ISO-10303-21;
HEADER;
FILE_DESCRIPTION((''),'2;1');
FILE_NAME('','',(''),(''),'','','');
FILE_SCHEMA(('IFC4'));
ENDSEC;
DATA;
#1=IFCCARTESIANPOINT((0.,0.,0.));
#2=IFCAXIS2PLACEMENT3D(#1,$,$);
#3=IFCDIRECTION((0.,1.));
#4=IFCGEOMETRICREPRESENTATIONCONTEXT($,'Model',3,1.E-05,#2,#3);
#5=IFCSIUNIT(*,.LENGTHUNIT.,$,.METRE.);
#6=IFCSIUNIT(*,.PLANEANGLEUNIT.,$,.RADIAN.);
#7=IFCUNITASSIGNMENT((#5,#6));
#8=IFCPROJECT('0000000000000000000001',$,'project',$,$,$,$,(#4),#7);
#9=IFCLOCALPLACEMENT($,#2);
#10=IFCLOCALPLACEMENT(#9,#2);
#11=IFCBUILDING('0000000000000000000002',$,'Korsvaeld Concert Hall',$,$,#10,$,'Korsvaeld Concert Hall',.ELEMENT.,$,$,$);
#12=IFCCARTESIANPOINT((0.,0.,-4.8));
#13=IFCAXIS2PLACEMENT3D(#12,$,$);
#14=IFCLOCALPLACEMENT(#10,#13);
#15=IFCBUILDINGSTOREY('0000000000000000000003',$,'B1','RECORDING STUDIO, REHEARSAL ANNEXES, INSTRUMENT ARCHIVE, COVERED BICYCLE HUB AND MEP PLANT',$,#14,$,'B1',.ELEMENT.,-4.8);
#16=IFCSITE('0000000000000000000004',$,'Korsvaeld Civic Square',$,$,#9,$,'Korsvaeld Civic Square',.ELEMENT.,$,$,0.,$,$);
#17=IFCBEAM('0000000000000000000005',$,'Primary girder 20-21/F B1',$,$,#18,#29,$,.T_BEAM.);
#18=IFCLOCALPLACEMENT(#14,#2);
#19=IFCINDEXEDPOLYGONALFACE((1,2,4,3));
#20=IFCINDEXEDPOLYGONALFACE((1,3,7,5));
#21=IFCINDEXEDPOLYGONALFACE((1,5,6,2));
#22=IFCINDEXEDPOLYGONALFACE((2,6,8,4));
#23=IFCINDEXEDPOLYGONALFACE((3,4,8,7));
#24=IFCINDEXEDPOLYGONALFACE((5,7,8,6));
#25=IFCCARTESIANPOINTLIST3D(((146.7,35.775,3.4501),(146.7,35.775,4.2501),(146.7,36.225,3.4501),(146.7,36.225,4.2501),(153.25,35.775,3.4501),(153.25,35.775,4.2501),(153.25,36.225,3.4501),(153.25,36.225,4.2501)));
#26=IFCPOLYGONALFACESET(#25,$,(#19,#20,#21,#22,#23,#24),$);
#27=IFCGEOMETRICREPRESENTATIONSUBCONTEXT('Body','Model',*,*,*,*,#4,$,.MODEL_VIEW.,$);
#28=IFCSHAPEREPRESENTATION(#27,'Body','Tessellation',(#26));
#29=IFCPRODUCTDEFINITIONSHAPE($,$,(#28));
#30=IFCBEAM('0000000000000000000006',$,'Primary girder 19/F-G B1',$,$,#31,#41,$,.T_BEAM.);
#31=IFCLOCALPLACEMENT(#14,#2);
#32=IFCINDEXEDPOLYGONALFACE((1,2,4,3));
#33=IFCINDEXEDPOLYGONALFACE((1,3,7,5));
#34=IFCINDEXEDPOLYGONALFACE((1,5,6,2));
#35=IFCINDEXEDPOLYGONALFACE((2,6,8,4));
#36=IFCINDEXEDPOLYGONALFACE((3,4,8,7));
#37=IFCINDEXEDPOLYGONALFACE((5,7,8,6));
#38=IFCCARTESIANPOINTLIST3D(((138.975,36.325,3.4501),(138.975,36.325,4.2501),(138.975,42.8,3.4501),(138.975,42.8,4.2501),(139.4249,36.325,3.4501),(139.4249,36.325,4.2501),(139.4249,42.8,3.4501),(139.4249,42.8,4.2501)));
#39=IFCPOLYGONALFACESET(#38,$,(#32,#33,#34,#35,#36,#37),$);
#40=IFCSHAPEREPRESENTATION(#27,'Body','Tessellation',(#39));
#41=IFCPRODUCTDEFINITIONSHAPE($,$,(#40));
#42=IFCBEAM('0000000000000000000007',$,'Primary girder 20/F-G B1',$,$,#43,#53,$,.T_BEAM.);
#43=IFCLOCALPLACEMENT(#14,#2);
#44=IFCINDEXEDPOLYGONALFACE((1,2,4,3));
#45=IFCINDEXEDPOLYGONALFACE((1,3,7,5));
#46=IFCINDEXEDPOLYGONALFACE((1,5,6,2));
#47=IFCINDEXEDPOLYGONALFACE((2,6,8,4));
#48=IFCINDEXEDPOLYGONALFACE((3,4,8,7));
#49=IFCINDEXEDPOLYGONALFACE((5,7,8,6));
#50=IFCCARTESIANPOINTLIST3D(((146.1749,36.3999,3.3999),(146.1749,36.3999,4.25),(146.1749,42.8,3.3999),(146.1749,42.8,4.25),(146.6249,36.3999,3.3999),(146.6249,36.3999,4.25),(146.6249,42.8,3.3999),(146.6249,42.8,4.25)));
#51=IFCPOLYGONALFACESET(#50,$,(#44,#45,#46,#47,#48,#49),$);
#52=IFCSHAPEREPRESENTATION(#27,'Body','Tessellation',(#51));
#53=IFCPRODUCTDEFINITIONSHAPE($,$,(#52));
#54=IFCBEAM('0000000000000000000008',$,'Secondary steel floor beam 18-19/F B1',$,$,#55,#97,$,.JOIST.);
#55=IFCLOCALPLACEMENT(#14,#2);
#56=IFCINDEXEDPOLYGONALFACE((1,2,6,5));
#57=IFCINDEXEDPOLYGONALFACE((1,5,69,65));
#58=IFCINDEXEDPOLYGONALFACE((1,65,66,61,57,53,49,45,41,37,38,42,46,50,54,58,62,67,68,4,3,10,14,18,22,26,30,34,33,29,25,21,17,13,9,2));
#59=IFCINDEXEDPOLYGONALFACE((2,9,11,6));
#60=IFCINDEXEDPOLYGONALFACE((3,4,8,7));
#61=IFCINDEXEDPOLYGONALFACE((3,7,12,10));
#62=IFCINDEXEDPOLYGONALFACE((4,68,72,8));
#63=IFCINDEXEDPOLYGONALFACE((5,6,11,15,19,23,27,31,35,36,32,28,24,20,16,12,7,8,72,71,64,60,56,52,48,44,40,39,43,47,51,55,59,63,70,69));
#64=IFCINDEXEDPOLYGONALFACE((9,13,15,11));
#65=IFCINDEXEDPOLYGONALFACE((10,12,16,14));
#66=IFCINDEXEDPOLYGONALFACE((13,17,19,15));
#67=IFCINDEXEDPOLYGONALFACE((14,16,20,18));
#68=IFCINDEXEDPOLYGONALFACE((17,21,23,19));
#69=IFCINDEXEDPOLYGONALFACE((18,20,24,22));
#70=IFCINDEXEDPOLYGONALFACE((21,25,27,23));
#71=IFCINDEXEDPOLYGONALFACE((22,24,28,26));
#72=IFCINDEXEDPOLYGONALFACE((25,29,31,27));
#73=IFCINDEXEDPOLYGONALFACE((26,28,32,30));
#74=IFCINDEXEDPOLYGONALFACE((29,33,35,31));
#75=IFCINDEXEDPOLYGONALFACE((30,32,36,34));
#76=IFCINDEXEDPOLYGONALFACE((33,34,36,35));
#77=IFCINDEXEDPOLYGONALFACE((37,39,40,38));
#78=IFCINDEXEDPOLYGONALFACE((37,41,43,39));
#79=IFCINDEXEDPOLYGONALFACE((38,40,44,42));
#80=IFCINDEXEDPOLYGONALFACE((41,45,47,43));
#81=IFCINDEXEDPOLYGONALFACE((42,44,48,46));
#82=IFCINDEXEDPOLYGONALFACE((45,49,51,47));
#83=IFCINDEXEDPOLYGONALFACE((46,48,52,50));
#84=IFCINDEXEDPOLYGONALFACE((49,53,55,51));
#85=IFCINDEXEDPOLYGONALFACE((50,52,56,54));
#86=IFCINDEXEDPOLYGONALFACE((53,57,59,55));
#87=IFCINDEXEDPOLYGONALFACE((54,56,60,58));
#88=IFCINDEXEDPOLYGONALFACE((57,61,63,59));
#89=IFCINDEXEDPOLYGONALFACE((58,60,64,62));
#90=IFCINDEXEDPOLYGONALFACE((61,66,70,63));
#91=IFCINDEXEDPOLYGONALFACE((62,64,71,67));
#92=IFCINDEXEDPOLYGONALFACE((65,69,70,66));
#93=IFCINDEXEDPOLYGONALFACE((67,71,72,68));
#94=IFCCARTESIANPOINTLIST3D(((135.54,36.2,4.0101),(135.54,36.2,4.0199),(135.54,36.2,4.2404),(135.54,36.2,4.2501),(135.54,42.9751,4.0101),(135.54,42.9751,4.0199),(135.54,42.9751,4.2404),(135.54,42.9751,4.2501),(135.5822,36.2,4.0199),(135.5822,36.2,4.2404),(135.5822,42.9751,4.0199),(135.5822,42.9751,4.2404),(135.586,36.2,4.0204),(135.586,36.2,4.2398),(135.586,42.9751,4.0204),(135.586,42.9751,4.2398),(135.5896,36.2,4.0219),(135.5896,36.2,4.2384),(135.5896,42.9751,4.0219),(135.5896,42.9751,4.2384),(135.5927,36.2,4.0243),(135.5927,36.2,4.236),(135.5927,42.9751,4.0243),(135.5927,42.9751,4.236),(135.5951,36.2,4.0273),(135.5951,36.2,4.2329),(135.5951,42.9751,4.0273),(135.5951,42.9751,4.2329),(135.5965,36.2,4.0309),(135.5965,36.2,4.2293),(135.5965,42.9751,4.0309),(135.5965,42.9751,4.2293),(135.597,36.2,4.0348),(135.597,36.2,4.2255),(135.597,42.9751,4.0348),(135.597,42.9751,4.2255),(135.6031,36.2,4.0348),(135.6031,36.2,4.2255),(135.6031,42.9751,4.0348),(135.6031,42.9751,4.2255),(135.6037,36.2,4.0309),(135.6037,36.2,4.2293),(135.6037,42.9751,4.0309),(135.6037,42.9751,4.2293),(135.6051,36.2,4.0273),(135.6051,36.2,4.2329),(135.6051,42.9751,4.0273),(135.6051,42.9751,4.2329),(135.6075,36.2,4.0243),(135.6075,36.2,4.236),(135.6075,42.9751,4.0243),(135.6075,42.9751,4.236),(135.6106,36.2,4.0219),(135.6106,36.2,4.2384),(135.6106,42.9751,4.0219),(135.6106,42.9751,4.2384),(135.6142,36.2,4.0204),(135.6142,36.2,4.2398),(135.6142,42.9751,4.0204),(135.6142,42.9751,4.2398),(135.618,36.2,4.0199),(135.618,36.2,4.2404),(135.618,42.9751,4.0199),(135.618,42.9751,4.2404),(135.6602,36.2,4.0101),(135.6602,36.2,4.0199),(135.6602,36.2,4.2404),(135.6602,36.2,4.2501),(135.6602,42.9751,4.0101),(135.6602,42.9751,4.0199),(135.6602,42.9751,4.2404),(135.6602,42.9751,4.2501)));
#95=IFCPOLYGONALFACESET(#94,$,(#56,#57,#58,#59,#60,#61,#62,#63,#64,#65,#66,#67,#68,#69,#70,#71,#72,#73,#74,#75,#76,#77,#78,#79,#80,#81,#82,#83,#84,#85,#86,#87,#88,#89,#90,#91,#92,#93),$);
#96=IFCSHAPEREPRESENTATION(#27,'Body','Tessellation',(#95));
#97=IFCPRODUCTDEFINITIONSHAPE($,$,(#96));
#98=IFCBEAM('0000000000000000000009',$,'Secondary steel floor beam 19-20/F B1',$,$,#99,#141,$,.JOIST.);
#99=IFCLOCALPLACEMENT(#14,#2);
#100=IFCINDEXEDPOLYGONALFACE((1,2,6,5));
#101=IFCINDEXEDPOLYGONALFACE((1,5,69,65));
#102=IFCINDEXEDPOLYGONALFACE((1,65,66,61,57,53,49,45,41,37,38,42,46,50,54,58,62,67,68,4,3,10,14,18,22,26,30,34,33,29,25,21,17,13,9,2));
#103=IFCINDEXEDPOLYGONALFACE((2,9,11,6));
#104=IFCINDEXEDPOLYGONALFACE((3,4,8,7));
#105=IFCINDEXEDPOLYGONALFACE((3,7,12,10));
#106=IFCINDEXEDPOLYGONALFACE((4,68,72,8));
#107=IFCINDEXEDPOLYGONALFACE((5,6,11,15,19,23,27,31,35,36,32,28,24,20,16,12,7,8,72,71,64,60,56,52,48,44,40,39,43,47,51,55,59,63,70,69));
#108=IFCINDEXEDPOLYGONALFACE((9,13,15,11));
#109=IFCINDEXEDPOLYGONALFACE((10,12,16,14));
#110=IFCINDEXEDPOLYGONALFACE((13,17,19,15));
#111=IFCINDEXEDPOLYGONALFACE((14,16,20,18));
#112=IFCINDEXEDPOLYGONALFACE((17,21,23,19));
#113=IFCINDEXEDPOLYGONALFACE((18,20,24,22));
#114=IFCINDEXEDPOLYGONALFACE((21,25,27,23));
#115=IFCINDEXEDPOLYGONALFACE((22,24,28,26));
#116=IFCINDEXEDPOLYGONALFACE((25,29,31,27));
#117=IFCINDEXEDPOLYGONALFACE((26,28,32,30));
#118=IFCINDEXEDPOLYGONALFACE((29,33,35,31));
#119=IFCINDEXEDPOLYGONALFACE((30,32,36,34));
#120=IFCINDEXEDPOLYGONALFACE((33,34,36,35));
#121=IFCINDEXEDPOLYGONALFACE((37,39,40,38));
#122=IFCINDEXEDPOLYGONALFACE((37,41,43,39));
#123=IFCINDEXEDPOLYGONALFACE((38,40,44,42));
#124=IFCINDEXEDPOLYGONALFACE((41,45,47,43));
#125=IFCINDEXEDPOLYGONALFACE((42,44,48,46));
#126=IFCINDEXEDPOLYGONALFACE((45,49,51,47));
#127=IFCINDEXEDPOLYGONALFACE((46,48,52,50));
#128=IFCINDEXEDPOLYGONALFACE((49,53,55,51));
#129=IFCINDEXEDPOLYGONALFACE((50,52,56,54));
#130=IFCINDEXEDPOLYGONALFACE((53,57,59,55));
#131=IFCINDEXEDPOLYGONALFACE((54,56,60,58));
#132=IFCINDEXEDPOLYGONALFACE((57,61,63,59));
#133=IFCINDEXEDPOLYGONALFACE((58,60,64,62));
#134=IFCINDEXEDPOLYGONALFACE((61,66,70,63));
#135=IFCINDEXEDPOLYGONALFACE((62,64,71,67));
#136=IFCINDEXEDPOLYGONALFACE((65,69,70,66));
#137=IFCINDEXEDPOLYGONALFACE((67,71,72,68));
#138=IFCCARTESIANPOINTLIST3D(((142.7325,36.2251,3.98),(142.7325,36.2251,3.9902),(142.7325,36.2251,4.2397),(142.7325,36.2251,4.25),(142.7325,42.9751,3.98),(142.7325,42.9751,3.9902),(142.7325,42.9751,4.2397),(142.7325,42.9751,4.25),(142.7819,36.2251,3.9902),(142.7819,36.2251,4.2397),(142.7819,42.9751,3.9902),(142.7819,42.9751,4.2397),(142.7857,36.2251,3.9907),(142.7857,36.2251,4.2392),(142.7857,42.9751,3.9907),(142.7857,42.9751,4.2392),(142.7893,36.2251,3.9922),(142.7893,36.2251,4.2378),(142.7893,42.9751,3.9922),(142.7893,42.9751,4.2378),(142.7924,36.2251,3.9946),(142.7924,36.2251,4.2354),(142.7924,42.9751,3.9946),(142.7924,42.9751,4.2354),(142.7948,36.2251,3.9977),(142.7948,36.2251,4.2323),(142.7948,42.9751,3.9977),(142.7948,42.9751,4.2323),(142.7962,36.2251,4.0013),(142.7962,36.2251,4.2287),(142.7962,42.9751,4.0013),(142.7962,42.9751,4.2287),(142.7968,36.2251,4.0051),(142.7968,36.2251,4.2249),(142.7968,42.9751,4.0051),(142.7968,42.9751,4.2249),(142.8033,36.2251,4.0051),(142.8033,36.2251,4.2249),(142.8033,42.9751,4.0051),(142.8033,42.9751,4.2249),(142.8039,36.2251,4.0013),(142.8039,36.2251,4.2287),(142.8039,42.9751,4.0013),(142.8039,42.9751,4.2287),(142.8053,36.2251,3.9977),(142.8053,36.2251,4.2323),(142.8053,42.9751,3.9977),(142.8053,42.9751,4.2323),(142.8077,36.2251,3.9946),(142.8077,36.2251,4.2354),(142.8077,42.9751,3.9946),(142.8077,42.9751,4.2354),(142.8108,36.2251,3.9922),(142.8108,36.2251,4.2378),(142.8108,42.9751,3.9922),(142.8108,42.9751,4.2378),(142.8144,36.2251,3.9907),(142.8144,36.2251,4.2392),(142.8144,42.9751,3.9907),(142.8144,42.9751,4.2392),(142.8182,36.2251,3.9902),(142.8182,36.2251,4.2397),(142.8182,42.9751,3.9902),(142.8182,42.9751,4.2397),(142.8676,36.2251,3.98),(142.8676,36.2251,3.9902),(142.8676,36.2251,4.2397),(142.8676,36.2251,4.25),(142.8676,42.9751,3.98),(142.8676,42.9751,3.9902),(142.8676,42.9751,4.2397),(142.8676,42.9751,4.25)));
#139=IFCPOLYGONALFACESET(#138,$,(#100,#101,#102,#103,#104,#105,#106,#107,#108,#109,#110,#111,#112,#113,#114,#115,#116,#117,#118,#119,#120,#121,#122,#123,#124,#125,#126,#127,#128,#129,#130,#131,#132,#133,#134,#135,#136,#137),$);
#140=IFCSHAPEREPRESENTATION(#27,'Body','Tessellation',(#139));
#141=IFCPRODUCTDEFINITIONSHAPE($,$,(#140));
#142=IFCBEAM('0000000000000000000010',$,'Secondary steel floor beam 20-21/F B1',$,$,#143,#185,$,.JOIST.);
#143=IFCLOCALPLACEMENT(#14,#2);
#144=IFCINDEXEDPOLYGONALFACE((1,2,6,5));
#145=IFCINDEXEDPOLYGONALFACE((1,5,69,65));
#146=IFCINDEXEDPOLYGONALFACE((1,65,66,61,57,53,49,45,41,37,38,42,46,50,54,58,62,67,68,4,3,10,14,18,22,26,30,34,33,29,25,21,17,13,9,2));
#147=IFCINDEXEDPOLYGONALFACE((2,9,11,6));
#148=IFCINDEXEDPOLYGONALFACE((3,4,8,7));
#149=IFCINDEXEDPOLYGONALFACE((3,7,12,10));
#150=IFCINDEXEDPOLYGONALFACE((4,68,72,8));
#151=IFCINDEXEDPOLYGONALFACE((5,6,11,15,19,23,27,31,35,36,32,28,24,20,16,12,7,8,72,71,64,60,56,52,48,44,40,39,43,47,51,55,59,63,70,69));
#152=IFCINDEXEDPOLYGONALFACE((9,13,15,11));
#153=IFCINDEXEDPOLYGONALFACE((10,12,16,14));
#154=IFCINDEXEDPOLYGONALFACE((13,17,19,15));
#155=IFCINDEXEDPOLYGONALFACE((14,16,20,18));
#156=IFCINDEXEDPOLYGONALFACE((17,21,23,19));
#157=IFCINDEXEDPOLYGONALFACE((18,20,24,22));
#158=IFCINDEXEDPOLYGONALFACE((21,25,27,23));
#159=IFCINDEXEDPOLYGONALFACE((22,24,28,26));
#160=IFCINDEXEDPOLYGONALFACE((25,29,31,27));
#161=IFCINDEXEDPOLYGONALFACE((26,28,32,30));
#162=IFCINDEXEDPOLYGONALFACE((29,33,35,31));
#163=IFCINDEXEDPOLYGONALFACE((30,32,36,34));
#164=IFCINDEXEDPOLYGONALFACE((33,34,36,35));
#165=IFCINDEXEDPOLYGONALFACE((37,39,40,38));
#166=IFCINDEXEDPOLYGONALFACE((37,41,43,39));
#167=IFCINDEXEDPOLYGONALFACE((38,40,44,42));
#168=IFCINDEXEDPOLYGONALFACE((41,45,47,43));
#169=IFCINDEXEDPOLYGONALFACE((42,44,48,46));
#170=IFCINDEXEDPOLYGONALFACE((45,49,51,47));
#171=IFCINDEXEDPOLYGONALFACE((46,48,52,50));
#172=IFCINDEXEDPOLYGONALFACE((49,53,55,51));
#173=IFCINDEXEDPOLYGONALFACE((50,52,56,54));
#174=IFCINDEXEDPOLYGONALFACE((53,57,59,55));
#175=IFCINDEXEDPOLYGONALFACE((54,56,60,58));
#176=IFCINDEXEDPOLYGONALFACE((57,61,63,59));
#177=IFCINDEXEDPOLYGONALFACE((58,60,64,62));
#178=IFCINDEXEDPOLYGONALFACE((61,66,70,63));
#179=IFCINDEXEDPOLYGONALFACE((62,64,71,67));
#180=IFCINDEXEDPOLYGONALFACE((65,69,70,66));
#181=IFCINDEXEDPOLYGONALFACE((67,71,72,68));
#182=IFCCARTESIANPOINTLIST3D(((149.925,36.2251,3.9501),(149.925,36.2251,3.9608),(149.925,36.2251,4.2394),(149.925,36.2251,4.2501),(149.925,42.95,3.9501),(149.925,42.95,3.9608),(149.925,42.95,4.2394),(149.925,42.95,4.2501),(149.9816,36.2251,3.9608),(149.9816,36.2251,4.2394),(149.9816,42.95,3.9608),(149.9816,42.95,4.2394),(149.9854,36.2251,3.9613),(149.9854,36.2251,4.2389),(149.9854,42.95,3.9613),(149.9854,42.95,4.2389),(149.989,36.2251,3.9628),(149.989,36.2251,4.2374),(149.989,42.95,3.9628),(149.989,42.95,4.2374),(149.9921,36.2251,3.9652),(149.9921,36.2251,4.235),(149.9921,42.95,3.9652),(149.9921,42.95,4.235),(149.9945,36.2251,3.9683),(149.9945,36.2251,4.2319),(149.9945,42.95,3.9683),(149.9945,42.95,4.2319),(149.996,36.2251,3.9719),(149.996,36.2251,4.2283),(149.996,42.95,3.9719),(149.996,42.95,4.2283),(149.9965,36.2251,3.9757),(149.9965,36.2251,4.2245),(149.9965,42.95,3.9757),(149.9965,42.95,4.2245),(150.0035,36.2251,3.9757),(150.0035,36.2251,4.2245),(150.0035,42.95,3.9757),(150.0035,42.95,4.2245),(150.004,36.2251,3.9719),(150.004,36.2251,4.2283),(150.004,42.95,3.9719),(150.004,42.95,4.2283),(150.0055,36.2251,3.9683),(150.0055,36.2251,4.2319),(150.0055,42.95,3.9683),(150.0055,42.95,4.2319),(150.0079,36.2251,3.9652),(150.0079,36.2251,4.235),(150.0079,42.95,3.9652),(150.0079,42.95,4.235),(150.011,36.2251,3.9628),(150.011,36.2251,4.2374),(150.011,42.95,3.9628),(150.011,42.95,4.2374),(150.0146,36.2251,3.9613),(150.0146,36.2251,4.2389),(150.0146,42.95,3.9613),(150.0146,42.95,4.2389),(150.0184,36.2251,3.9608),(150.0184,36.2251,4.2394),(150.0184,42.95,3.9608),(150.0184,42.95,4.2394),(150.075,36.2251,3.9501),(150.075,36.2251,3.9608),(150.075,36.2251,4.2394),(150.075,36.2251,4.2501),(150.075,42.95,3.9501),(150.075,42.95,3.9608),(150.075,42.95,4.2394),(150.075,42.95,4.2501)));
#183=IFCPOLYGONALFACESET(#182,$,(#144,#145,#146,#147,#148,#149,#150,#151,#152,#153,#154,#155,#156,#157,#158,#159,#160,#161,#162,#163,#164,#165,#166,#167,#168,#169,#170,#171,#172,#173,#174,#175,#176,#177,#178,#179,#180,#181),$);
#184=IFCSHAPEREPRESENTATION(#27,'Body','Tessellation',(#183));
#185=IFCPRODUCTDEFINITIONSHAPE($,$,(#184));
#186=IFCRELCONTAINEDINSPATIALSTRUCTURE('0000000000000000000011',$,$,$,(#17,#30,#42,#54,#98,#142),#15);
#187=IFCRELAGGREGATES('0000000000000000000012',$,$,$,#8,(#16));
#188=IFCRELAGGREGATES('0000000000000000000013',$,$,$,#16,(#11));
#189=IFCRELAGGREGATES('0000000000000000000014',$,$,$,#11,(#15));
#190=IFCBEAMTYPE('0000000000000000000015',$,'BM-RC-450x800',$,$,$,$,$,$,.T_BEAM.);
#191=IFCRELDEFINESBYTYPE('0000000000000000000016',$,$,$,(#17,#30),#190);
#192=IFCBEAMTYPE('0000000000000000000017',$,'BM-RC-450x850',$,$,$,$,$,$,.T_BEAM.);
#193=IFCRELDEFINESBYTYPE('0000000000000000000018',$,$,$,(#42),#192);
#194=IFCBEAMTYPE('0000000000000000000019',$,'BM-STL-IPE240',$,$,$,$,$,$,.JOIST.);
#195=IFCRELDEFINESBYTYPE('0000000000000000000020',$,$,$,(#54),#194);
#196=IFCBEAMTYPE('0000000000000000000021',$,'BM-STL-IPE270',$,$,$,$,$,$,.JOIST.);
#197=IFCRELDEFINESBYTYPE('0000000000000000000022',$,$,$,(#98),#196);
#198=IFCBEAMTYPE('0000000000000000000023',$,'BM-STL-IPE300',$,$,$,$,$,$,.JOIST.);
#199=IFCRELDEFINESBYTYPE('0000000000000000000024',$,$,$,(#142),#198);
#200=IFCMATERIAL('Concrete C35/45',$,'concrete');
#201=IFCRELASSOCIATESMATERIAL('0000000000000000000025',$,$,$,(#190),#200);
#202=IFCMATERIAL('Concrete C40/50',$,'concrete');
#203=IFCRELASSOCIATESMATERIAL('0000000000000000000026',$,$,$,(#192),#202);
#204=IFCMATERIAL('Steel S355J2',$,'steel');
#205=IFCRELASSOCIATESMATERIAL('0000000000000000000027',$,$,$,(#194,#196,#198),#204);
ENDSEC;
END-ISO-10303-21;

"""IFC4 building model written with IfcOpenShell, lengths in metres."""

from ifc_helpers import new_model, si_unit, direction, frame, origin, origin_2d, place, context, subcontext, project, spatial, rectangle, i_section, extrude, material, material_profile, profile_set, type_object, element, save


model = new_model("IFC4")

# Units and contexts
model_context = context("Model", 3, precision=1e-05, world=origin(), true_north=direction((0.0, 1.0)))
body_context = subcontext(model_context, "Body", "Model", "MODEL_VIEW")
ifc_project = project(units=[si_unit("LENGTHUNIT", "METRE"), si_unit("PLANEANGLEUNIT", "RADIAN")], contexts=[model_context])

# Site, building, storey
site_placement = place(None, origin())
site = spatial("IfcSite", under=ifc_project, at=site_placement, Name="Korsvaeld Civic Square", LongName="Korsvaeld Civic Square", CompositionType="ELEMENT", RefElevation=0.0)
building_placement = place(site_placement, origin())
building = spatial("IfcBuilding", under=site, at=building_placement, Name="Korsvaeld Concert Hall", LongName="Korsvaeld Concert Hall", CompositionType="ELEMENT")
storey_placement = place(building_placement, frame((0.0, 0.0, -4.8)))
storey = spatial("IfcBuildingStorey", under=building, at=storey_placement, Name="B1", Description="RECORDING STUDIO, REHEARSAL ANNEXES, INSTRUMENT ARCHIVE, COVERED BICYCLE HUB AND MEP PLANT", LongName="B1", CompositionType="ELEMENT", Elevation=-4.8)

# Shared definitions
ifc_material_1 = material(Name="Concrete C35/45", Category="concrete")

# Shared definitions
ifc_material_2 = material(Name="Concrete C40/50", Category="concrete")

# Beams
ifc_material_profile_1 = material_profile(ifc_material_1, rectangle(XDim=0.45, YDim=0.8, at=origin_2d()), Name="RC 450x800")
ifc_profile_set_1 = profile_set([ifc_material_profile_1], Name="Concrete C35/45")
beam_type_1 = type_object("IfcBeamType", Name="BM-RC-450x800", PredefinedType="T_BEAM", material=ifc_profile_set_1)
beam_1_placement = place(storey_placement, frame((146.7, 36.0, 3.8501), z_axis=(1.0, 0.0, 0.0), x_axis=(0.0, 1.0, 0.0)))
element("IfcBeam", 1, at=beam_1_placement, inside=storey, type_object=beam_type_1, Name="Primary girder 20-21/F B1", PredefinedType="T_BEAM", context=body_context, shape_type="SweptSolid", body=[
    extrude(rectangle(XDim=0.45, YDim=0.8, at=origin_2d()), origin(), (0.0, 0.0, 1.0), 6.55),
])
beam_2_placement = place(storey_placement, frame((139.2, 36.325, 3.8501), z_axis=(0.0, 1.0, 0.0), x_axis=(-1.0, 0.0, 0.0)))
element("IfcBeam", 2, at=beam_2_placement, inside=storey, type_object=beam_type_1, Name="Primary girder 19/F-G B1", PredefinedType="T_BEAM", context=body_context, shape_type="SweptSolid", body=[
    extrude(rectangle(XDim=0.45, YDim=0.8, at=origin_2d()), origin(), (0.0, 0.0, 1.0), 6.4751),
])
ifc_material_profile_2 = material_profile(ifc_material_2, rectangle(XDim=0.45, YDim=0.8501, at=origin_2d()), Name="RC 450x850")
ifc_profile_set_2 = profile_set([ifc_material_profile_2], Name="Concrete C40/50")
beam_type_2 = type_object("IfcBeamType", Name="BM-RC-450x850", PredefinedType="T_BEAM", material=ifc_profile_set_2)
beam_3_placement = place(storey_placement, frame((146.3999, 36.3999, 3.825), z_axis=(0.0, 1.0, 0.0), x_axis=(-1.0, 0.0, 0.0)))
element("IfcBeam", 3, at=beam_3_placement, inside=storey, type_object=beam_type_2, Name="Primary girder 20/F-G B1", PredefinedType="T_BEAM", context=body_context, shape_type="SweptSolid", body=[
    extrude(rectangle(XDim=0.45, YDim=0.8501, at=origin_2d()), origin(), (0.0, 0.0, 1.0), 6.4001),
])
ifc_material_3 = material(Name="Steel S355J2", Category="steel")
ifc_material_profile_3 = material_profile(ifc_material_3, i_section(OverallWidth=0.1201, OverallDepth=0.24, WebThickness=0.0061, FlangeThickness=0.0098, FilletRadius=0.0149, at=origin_2d()), Name="IPE 240")
ifc_profile_set_3 = profile_set([ifc_material_profile_3], Name="Steel S355J2")
beam_type_3 = type_object("IfcBeamType", Name="BM-STL-IPE240", PredefinedType="JOIST", material=ifc_profile_set_3)
beam_4_placement = place(storey_placement, frame((135.6001, 36.2, 4.1301), z_axis=(0.0, 1.0, 0.0), x_axis=(-1.0, 0.0, 0.0)))
element("IfcBeam", 4, at=beam_4_placement, inside=storey, type_object=beam_type_3, Name="Secondary steel floor beam 18-19/F B1", PredefinedType="JOIST", context=body_context, shape_type="SweptSolid", body=[
    extrude(i_section(OverallWidth=0.1201, OverallDepth=0.24, WebThickness=0.0061, FlangeThickness=0.0098, FilletRadius=0.0149, at=origin_2d()), origin(), (0.0, 0.0, 1.0), 6.7751),
])
ifc_material_profile_4 = material_profile(ifc_material_3, i_section(OverallWidth=0.135, OverallDepth=0.27, WebThickness=0.0066, FlangeThickness=0.0103, FilletRadius=0.0149, at=origin_2d()), Name="IPE 270")
ifc_profile_set_4 = profile_set([ifc_material_profile_4], Name="Steel S355J2")
beam_type_4 = type_object("IfcBeamType", Name="BM-STL-IPE270", PredefinedType="JOIST", material=ifc_profile_set_4)
beam_5_placement = place(storey_placement, frame((142.8, 36.2251, 4.115), z_axis=(0.0, 1.0, 0.0), x_axis=(-1.0, 0.0, 0.0)))
element("IfcBeam", 5, at=beam_5_placement, inside=storey, type_object=beam_type_4, Name="Secondary steel floor beam 19-20/F B1", PredefinedType="JOIST", context=body_context, shape_type="SweptSolid", body=[
    extrude(i_section(OverallWidth=0.135, OverallDepth=0.27, WebThickness=0.0066, FlangeThickness=0.0103, FilletRadius=0.0149, at=origin_2d()), origin(), (0.0, 0.0, 1.0), 6.75),
])
ifc_material_profile_5 = material_profile(ifc_material_3, i_section(OverallWidth=0.1499, OverallDepth=0.3, WebThickness=0.0071, FlangeThickness=0.0107, FilletRadius=0.0149, at=origin_2d()), Name="IPE 300")
ifc_profile_set_5 = profile_set([ifc_material_profile_5], Name="Steel S355J2")
beam_type_5 = type_object("IfcBeamType", Name="BM-STL-IPE300", PredefinedType="JOIST", material=ifc_profile_set_5)
beam_6_placement = place(storey_placement, frame((150.0, 36.2251, 4.1001), z_axis=(0.0, 1.0, 0.0), x_axis=(-1.0, 0.0, 0.0)))
element("IfcBeam", 6, at=beam_6_placement, inside=storey, type_object=beam_type_5, Name="Secondary steel floor beam 20-21/F B1", PredefinedType="JOIST", context=body_context, shape_type="SweptSolid", body=[
    extrude(i_section(OverallWidth=0.1499, OverallDepth=0.3, WebThickness=0.0071, FlangeThickness=0.0107, FilletRadius=0.0149, at=origin_2d()), origin(), (0.0, 0.0, 1.0), 6.7249),
])

save(model, "model.ifc")
